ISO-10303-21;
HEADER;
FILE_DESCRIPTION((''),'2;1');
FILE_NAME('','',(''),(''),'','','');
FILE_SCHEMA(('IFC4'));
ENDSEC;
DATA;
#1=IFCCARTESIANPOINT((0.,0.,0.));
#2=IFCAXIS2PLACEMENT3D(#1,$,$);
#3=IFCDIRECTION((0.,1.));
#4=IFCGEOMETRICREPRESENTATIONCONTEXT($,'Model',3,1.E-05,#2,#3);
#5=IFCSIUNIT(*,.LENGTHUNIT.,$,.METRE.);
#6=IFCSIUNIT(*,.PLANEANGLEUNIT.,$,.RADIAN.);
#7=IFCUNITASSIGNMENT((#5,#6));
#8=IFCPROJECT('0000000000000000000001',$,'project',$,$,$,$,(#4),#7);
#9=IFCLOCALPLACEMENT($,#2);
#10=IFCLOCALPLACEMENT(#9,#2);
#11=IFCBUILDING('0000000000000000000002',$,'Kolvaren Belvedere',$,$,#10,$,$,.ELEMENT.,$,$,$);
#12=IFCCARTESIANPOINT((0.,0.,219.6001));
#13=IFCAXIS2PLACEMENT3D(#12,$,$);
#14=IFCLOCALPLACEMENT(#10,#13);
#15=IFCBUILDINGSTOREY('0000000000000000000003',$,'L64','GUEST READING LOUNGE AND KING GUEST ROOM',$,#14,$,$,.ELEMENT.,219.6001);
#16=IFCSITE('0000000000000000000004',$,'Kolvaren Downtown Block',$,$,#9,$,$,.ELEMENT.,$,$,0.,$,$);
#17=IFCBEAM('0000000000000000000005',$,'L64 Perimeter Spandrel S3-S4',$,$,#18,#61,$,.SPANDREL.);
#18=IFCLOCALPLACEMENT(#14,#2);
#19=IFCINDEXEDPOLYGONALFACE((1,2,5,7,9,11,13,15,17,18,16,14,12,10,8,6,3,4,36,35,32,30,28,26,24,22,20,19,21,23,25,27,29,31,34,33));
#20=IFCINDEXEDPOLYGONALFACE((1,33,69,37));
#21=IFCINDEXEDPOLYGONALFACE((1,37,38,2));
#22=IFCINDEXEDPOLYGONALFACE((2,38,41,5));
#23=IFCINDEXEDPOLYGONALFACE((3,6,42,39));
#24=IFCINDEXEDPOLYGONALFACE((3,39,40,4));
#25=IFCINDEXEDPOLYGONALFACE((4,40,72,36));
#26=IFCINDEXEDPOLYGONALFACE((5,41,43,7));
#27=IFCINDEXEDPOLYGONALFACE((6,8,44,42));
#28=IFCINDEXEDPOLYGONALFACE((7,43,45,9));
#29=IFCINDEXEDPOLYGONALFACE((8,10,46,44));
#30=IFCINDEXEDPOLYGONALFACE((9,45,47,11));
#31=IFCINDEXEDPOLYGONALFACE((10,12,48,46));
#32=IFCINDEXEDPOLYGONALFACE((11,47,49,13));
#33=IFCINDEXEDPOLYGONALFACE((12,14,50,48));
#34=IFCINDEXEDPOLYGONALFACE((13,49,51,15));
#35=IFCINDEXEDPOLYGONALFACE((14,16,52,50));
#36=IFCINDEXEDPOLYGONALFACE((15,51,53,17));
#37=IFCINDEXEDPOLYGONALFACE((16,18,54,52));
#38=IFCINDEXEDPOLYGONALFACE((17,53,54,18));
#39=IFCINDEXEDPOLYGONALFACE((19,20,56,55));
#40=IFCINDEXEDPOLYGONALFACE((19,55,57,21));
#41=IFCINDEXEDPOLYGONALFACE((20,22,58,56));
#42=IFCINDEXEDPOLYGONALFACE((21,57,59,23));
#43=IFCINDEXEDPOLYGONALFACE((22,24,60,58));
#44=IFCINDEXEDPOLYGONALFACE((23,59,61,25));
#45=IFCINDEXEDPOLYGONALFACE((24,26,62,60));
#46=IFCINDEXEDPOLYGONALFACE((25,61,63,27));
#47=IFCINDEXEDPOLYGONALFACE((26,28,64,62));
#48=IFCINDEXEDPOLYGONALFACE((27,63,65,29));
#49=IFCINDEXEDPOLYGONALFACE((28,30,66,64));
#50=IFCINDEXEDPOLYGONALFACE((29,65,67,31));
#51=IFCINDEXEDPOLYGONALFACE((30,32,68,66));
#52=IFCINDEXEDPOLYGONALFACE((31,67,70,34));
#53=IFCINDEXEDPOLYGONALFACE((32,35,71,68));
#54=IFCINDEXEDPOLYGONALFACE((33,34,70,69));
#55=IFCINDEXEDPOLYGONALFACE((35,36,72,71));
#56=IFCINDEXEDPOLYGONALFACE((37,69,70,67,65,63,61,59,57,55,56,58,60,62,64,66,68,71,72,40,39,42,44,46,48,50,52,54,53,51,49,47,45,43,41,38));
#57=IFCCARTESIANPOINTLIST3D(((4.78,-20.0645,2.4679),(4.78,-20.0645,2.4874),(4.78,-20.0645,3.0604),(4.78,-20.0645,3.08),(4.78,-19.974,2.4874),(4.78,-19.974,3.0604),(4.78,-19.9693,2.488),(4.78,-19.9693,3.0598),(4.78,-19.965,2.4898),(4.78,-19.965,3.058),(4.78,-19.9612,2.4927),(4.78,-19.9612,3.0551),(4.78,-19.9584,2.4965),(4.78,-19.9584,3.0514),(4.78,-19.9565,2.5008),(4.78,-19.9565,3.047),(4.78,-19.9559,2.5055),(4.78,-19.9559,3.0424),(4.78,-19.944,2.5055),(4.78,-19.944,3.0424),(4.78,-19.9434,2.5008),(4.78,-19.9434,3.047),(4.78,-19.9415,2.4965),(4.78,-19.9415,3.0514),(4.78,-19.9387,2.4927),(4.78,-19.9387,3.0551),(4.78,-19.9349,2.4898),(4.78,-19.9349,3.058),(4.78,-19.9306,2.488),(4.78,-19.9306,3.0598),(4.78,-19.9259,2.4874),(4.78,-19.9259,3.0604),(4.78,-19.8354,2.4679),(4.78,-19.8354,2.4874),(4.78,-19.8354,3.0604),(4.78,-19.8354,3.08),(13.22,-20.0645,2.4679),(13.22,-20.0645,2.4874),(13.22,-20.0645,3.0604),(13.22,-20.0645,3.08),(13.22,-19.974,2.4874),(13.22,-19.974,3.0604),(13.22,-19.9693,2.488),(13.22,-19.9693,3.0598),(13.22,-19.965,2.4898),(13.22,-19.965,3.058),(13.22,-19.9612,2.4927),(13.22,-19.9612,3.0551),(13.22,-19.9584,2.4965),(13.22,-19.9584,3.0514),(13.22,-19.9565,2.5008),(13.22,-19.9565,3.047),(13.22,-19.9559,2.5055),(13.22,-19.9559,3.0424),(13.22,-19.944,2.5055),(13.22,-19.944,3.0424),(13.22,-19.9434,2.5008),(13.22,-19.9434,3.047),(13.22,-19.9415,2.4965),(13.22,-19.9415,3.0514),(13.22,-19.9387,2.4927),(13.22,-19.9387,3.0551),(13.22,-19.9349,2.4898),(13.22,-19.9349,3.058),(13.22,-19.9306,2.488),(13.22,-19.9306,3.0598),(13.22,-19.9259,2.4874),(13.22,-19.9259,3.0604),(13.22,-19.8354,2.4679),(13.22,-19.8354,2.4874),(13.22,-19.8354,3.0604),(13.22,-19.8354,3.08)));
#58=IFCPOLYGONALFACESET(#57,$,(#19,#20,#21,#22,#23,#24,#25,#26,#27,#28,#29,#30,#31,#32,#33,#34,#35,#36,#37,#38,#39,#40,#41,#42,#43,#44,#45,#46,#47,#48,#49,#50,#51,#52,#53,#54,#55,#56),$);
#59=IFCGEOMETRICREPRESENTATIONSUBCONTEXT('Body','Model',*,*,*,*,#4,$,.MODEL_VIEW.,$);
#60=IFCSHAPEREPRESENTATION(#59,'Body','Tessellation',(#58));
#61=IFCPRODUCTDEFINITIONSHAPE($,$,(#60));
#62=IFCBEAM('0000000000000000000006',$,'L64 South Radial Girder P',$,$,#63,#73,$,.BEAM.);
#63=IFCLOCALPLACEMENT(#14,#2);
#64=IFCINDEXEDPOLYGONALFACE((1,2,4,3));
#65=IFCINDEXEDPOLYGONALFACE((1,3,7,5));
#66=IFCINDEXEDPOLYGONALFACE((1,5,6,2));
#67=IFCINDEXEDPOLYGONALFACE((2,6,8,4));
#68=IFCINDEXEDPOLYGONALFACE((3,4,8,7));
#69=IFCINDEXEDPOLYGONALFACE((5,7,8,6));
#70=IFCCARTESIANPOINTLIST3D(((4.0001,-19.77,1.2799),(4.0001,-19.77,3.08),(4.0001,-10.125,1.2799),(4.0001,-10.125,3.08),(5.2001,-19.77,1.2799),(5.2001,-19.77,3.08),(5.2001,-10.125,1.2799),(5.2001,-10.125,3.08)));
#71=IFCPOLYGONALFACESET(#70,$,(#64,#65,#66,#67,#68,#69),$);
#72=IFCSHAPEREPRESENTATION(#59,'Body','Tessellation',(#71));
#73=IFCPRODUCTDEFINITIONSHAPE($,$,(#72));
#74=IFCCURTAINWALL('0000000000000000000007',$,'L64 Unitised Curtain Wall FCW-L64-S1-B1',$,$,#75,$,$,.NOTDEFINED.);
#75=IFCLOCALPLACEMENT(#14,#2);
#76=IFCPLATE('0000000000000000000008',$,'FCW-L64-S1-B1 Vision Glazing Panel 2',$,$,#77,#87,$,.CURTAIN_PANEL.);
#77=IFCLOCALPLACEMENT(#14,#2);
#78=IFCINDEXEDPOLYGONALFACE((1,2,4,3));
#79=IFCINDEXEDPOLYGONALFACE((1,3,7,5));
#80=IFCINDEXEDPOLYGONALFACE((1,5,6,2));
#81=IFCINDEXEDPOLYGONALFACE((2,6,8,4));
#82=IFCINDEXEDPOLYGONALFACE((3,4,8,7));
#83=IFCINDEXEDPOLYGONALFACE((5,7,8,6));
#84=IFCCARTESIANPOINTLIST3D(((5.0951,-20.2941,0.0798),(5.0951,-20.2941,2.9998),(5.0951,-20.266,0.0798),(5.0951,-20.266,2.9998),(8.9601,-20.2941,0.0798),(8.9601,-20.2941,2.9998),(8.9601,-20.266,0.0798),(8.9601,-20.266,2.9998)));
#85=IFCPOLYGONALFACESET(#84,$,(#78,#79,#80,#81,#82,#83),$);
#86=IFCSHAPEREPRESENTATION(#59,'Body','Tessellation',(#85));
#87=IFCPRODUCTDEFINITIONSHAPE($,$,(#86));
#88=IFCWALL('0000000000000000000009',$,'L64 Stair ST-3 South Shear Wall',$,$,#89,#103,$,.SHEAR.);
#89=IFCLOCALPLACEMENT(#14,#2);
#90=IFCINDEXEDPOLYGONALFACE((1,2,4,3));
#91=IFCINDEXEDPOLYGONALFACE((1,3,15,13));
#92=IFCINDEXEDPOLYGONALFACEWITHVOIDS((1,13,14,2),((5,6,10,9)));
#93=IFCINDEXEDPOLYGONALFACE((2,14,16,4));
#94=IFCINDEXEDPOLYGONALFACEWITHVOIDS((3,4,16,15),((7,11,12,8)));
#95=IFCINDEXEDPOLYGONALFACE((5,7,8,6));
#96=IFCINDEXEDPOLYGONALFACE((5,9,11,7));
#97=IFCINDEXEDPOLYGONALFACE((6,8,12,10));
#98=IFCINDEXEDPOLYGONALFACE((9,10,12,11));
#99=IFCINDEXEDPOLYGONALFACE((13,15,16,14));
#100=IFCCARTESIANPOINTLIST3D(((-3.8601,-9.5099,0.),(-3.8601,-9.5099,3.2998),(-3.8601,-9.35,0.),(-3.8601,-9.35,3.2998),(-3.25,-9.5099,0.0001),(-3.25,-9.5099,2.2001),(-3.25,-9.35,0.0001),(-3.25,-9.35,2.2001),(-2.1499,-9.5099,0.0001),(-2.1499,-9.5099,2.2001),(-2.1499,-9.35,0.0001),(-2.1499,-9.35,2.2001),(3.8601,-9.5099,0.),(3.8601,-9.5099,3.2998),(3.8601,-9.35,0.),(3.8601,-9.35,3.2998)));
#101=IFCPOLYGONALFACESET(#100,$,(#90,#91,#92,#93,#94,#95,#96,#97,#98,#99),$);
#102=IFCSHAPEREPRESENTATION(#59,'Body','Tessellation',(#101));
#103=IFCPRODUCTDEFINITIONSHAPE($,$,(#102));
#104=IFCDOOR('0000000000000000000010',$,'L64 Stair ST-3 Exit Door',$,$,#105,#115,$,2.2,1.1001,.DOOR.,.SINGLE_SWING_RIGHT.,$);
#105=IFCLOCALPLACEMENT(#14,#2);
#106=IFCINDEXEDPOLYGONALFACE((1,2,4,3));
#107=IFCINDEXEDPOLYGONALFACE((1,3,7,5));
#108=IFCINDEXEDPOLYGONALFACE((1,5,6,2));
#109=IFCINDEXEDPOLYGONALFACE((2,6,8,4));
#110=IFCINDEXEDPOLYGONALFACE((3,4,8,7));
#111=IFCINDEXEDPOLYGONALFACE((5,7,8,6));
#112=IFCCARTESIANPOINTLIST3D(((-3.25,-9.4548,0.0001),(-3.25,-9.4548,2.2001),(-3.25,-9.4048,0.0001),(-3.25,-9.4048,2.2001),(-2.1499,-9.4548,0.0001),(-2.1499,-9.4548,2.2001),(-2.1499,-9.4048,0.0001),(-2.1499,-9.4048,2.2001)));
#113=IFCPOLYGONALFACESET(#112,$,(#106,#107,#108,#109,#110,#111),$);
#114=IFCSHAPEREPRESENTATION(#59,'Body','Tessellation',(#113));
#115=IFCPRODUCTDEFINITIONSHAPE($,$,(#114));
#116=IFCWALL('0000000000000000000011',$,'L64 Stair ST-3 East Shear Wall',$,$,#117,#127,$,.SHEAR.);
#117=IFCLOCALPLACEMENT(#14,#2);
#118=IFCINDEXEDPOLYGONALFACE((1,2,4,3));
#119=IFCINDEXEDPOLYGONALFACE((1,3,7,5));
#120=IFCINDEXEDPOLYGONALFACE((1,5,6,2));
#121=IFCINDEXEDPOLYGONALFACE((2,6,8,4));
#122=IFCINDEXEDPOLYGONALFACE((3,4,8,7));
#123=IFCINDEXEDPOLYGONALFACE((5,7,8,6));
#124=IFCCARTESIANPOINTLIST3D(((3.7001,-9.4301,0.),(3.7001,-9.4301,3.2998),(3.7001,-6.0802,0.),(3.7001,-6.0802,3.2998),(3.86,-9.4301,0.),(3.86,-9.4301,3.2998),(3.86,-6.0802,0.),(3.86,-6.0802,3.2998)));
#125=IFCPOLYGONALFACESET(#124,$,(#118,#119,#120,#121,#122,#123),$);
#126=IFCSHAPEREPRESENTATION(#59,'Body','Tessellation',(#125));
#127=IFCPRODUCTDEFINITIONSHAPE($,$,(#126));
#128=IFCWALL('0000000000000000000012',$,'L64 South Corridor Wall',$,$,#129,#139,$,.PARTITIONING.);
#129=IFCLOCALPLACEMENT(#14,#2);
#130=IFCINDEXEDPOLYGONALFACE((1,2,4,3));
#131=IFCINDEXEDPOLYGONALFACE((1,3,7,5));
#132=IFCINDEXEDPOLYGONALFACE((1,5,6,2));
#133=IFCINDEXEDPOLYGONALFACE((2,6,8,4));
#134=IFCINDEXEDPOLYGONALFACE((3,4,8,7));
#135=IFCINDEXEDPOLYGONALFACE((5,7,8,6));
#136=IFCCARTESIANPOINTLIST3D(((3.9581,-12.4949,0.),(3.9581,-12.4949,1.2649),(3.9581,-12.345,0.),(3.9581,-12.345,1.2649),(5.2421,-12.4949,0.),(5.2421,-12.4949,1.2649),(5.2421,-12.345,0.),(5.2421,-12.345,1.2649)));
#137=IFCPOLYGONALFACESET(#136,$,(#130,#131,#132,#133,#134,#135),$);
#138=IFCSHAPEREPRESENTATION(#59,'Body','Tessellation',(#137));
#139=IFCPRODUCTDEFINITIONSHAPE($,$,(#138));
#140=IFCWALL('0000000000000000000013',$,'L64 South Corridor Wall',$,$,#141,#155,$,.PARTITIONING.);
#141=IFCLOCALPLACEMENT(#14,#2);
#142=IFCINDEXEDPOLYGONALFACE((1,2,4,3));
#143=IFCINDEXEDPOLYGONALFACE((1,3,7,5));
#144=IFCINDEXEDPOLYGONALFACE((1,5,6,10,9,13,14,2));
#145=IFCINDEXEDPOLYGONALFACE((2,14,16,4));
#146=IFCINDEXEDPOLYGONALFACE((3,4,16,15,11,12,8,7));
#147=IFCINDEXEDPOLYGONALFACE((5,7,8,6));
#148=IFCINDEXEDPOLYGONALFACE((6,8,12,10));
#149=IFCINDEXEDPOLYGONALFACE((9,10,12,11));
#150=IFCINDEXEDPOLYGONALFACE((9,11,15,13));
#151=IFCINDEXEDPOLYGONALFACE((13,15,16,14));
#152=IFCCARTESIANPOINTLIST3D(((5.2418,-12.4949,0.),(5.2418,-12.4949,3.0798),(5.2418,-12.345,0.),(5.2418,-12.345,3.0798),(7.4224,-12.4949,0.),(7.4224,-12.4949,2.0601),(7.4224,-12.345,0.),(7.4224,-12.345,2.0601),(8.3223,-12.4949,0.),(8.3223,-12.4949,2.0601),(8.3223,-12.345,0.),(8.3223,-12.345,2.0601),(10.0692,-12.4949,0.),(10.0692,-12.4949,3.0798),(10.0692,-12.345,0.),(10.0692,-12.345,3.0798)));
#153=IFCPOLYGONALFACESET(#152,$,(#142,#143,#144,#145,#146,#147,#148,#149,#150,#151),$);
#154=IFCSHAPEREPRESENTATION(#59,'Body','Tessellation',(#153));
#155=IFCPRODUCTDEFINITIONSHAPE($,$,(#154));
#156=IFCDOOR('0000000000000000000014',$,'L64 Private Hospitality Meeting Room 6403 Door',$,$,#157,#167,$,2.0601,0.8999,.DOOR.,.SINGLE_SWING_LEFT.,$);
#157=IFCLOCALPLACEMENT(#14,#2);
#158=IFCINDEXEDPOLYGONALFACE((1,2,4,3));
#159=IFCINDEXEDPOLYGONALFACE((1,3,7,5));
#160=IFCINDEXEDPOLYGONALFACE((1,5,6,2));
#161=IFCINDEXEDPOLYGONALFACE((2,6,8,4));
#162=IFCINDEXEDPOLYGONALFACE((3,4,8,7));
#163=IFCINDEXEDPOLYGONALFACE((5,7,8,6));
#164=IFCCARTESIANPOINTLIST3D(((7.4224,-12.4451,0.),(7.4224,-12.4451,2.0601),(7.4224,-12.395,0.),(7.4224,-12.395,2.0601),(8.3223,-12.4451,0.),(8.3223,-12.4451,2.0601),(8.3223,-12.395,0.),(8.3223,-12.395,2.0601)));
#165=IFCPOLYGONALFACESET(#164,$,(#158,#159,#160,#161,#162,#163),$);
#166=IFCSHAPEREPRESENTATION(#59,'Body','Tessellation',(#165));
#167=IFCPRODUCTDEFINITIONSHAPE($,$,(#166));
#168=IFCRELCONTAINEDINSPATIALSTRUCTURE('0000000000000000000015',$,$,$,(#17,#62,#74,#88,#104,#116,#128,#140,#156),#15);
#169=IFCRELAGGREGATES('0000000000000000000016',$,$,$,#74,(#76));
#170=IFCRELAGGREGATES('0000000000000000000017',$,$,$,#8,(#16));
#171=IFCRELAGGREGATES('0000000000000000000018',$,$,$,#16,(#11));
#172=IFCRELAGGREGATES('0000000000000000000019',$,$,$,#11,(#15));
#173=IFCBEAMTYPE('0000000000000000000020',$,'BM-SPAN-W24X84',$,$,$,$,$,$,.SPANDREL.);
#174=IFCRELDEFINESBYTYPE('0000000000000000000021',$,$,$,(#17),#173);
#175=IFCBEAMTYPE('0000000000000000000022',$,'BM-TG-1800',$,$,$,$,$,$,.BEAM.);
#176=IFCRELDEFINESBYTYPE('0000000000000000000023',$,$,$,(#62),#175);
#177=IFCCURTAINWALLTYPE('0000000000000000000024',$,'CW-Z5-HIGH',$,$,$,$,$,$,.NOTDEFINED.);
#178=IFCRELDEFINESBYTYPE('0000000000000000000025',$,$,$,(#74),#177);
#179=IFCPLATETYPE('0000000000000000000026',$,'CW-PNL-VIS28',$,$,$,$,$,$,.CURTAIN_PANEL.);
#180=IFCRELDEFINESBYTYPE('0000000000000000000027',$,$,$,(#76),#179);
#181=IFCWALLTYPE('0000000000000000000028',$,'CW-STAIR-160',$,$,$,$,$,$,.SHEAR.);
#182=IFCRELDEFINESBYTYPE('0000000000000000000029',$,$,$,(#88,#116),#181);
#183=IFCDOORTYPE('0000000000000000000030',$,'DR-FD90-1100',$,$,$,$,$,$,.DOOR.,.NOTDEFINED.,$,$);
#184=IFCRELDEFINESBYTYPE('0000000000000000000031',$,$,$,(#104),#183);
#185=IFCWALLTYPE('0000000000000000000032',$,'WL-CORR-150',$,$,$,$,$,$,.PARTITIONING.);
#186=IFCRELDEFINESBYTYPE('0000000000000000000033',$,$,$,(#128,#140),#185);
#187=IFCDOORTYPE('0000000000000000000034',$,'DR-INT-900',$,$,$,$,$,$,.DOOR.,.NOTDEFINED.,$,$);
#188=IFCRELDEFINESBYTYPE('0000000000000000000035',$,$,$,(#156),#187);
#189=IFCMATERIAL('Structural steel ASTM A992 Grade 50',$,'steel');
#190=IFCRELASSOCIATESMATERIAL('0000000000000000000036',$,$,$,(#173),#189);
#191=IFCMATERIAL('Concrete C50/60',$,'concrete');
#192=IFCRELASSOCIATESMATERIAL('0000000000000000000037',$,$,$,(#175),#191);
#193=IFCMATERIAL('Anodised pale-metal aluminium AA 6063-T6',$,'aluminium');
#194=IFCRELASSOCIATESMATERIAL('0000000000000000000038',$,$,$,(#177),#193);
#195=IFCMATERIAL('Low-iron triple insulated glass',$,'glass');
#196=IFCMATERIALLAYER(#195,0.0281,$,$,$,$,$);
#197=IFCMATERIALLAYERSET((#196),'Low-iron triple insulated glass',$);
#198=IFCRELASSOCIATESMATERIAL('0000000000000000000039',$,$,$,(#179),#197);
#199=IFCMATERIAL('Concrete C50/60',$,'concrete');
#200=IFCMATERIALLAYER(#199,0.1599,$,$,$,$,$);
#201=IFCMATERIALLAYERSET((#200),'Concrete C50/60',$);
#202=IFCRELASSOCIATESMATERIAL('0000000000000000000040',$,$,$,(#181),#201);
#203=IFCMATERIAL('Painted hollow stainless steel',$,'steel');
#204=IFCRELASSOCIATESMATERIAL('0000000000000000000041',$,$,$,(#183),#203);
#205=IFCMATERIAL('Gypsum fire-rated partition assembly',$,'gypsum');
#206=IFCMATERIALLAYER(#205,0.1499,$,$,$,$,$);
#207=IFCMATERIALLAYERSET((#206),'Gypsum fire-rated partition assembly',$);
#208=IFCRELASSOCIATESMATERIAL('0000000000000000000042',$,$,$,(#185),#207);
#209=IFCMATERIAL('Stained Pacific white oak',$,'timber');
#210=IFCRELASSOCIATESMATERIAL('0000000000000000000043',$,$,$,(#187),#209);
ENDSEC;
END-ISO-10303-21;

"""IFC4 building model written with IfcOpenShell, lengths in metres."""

from ifc_helpers import new_model, si_unit, direction, frame, frame_2d, origin, origin_2d, place, context, subcontext, project, spatial, rectangle, i_section, extrude, material, layer, layer_set, material_profile, profile_set, type_object, element, fill, aggregate, save


model = new_model("IFC4")

# Units and contexts
model_context = context("Model", 3, precision=1e-05, world=origin(), true_north=direction((0.0, 1.0)))
body_context = subcontext(model_context, "Body", "Model", "MODEL_VIEW")
ifc_project = project(units=[si_unit("LENGTHUNIT", "METRE"), si_unit("PLANEANGLEUNIT", "RADIAN")], contexts=[model_context])

# Site, building, storey
site_placement = place(None, origin())
site = spatial("IfcSite", under=ifc_project, at=site_placement, Name="Kolvaren Downtown Block", CompositionType="ELEMENT", RefElevation=0.0)
building_placement = place(site_placement, origin())
building = spatial("IfcBuilding", under=site, at=building_placement, Name="Kolvaren Belvedere", CompositionType="ELEMENT")
storey_placement = place(building_placement, frame((0.0, 0.0, 219.6001)))
storey = spatial("IfcBuildingStorey", under=building, at=storey_placement, Name="L64", Description="GUEST READING LOUNGE AND KING GUEST ROOM", CompositionType="ELEMENT", Elevation=219.6001)

# Beams
ifc_material_1 = material(Name="Structural steel ASTM A992 Grade 50", Category="steel")
ifc_material_profile_1 = material_profile(ifc_material_1, i_section(OverallWidth=0.229, OverallDepth=0.6121, WebThickness=0.012, FlangeThickness=0.0195, FilletRadius=0.0181, at=origin_2d()), Name="W24X84")
ifc_profile_set_1 = profile_set([ifc_material_profile_1], Name="Structural steel ASTM A992 Grade 50")
beam_type_1 = type_object("IfcBeamType", Name="BM-SPAN-W24X84", PredefinedType="SPANDREL", material=ifc_profile_set_1)
beam_1_placement = place(storey_placement, frame((4.78, -19.95, 2.7739), z_axis=(1.0, 0.0, 0.0), x_axis=(0.0, 1.0, 0.0)))
element("IfcBeam", 1, at=beam_1_placement, inside=storey, type_object=beam_type_1, Name="L64 Perimeter Spandrel S3-S4", PredefinedType="SPANDREL", context=body_context, shape_type="SweptSolid", body=[
    extrude(i_section(OverallWidth=0.229, OverallDepth=0.6121, WebThickness=0.012, FlangeThickness=0.0195, FilletRadius=0.0181, at=origin_2d()), origin(), (0.0, 0.0, 1.0), 8.4399),
])
ifc_material_2 = material(Name="Concrete C50/60", Category="concrete")
ifc_material_profile_2 = material_profile(ifc_material_2, rectangle(XDim=1.2, YDim=1.8, at=origin_2d()), Name="RC 1200X1800")
ifc_profile_set_2 = profile_set([ifc_material_profile_2], Name="Concrete C50/60")
beam_type_2 = type_object("IfcBeamType", Name="BM-TG-1800", PredefinedType="BEAM", material=ifc_profile_set_2)
beam_2_placement = place(storey_placement, frame((4.6001, -10.125, 2.1799), z_axis=(0.0, -1.0, 0.0), x_axis=(1.0, 0.0, 0.0)))
element("IfcBeam", 2, at=beam_2_placement, inside=storey, type_object=beam_type_2, Name="L64 South Radial Girder P", PredefinedType="BEAM", context=body_context, shape_type="SweptSolid", body=[
    extrude(rectangle(XDim=1.2, YDim=1.8, at=origin_2d()), origin(), (0.0, 0.0, 1.0), 9.645),
])

# Curtain wall, plate
ifc_material_3 = material(Name="Anodised pale-metal aluminium AA 6063-T6", Category="aluminium")
curtain_wall_type = type_object("IfcCurtainWallType", Name="CW-Z5-HIGH", PredefinedType="NOTDEFINED", material=ifc_material_3)
curtain_wall_placement = place(storey_placement, origin())
curtain_wall = element("IfcCurtainWall", 3, at=curtain_wall_placement, inside=storey, type_object=curtain_wall_type, Name="L64 Unitised Curtain Wall FCW-L64-S1-B1", PredefinedType="NOTDEFINED")
ifc_material_4 = material(Name="Low-iron triple insulated glass", Category="glass")
ifc_layer_1 = layer(ifc_material_4, 0.0281)
ifc_layer_set_1 = layer_set([ifc_layer_1], Name="Low-iron triple insulated glass")
plate_type = type_object("IfcPlateType", Name="CW-PNL-VIS28", PredefinedType="CURTAIN_PANEL", material=ifc_layer_set_1)
plate_placement = place(storey_placement, frame((7.0276, -20.28, 0.0798), z_axis=(0.0, 0.0, 1.0), x_axis=(-1.0, 0.0, 0.0)))
plate = element("IfcPlate", 4, at=plate_placement, type_object=plate_type, Name="FCW-L64-S1-B1 Vision Glazing Panel 2", PredefinedType="CURTAIN_PANEL", context=body_context, shape_type="SweptSolid", body=[
    extrude(rectangle(XDim=3.865, YDim=0.0281, at=origin_2d()), origin(), (0.0, 0.0, 1.0), 2.9199),
])
aggregate(curtain_wall, [plate])

# Wall, opening, door
ifc_material_5 = material(Name="Concrete C50/60", Category="concrete")
ifc_layer_2 = layer(ifc_material_5, 0.1599)
ifc_layer_set_2 = layer_set([ifc_layer_2], Name="Concrete C50/60")
wall_type_1 = type_object("IfcWallType", Name="CW-STAIR-160", PredefinedType="SHEAR", material=ifc_layer_set_2)
wall_1_placement = place(storey_placement, frame((3.8601, -9.4299, 0.0), z_axis=(0.0, 0.0, 1.0), x_axis=(-1.0, 0.0, 0.0)))
wall_1 = element("IfcWall", 5, at=wall_1_placement, inside=storey, type_object=wall_type_1, Name="L64 Stair ST-3 South Shear Wall", PredefinedType="SHEAR", context=body_context, shape_type="SweptSolid", body=[
    extrude(rectangle(XDim=7.7202, YDim=0.1599, at=frame_2d((3.8601, 0.0))), origin(), (0.0, 0.0, 1.0), 3.2998),
])
opening_1_placement = place(wall_1_placement, frame((6.01, 0.0, 0.0)))
opening_1 = element("IfcOpeningElement", 6, at=opening_1_placement, cuts=wall_1, PredefinedType="OPENING", context=body_context, shape_type="SweptSolid", body=[
    extrude(rectangle(XDim=1.1001, YDim=2.2, at=frame_2d((0.55, 1.1001))), frame((0.0, 0.0898, 0.0), z_axis=(0.0, -1.0, 0.0), x_axis=(1.0, 0.0, 0.0)), (0.0, 0.0, 1.0), 0.1799),
])
ifc_material_6 = material(Name="Painted hollow stainless steel", Category="steel")
door_type_1 = type_object("IfcDoorType", Name="DR-FD90-1100", OperationType="NOTDEFINED", PredefinedType="DOOR", material=ifc_material_6)
door_1_placement = place(opening_1_placement, origin())
door_1 = element("IfcDoor", 7, at=door_1_placement, inside=storey, type_object=door_type_1, Name="L64 Stair ST-3 Exit Door", OperationType="SINGLE_SWING_RIGHT", OverallHeight=2.2, OverallWidth=1.1001, PredefinedType="DOOR", context=body_context, shape_type="SweptSolid", body=[
    extrude(rectangle(XDim=1.1001, YDim=2.2, at=frame_2d((0.55, 1.1001))), frame((0.0, 0.0249, 0.0), z_axis=(0.0, -1.0, 0.0), x_axis=(1.0, 0.0, 0.0)), (0.0, 0.0, 1.0), 0.05),
])
fill(opening_1, door_1)

# Walls
wall_2_placement = place(storey_placement, frame((3.78, -9.4299, 0.0), z_axis=(0.0, 0.0, 1.0), x_axis=(0.0, 1.0, 0.0)))
element("IfcWall", 8, at=wall_2_placement, inside=storey, type_object=wall_type_1, Name="L64 Stair ST-3 East Shear Wall", PredefinedType="SHEAR", context=body_context, shape_type="SweptSolid", body=[
    extrude(rectangle(XDim=3.3499, YDim=0.1599, at=frame_2d((1.6748, 0.0))), origin(), (0.0, 0.0, 1.0), 3.2998),
])
ifc_material_7 = material(Name="Gypsum fire-rated partition assembly", Category="gypsum")
ifc_layer_3 = layer(ifc_material_7, 0.1499)
ifc_layer_set_3 = layer_set([ifc_layer_3], Name="Gypsum fire-rated partition assembly")
wall_type_2 = type_object("IfcWallType", Name="WL-CORR-150", PredefinedType="PARTITIONING", material=ifc_layer_set_3)
wall_3_placement = place(storey_placement, frame((3.958, -12.4199, 0.0), z_axis=(0.0, 0.0, 1.0), x_axis=(1.0, 0.0, 0.0)))
element("IfcWall", 9, at=wall_3_placement, inside=storey, type_object=wall_type_2, Name="L64 South Corridor Wall", PredefinedType="PARTITIONING", context=body_context, shape_type="SweptSolid", body=[
    extrude(rectangle(XDim=1.2839, YDim=0.1499, at=frame_2d((0.6421, 0.0))), origin(), (0.0, 0.0, 1.0), 1.2649),
])

# Wall, opening, door
wall_4_placement = place(storey_placement, frame((5.2419, -12.4199, 0.0), z_axis=(0.0, 0.0, 1.0), x_axis=(1.0, 0.0, 0.0)))
wall_4 = element("IfcWall", 10, at=wall_4_placement, inside=storey, type_object=wall_type_2, Name="L64 South Corridor Wall", PredefinedType="PARTITIONING", context=body_context, shape_type="SweptSolid", body=[
    extrude(rectangle(XDim=4.8274, YDim=0.1499, at=frame_2d((2.4136, 0.0))), origin(), (0.0, 0.0, 1.0), 3.0798),
])
opening_2_placement = place(wall_4_placement, frame((2.1804, 0.0, 0.0)))
opening_2 = element("IfcOpeningElement", 11, at=opening_2_placement, cuts=wall_4, PredefinedType="OPENING", context=body_context, shape_type="SweptSolid", body=[
    extrude(rectangle(XDim=0.8999, YDim=2.0601, at=frame_2d((0.45, 1.03))), frame((0.0, 0.085, 0.0), z_axis=(0.0, -1.0, 0.0), x_axis=(1.0, 0.0, 0.0)), (0.0, 0.0, 1.0), 0.1699),
])
ifc_material_8 = material(Name="Stained Pacific white oak", Category="timber")
door_type_2 = type_object("IfcDoorType", Name="DR-INT-900", OperationType="NOTDEFINED", PredefinedType="DOOR", material=ifc_material_8)
door_2_placement = place(opening_2_placement, origin())
door_2 = element("IfcDoor", 12, at=door_2_placement, inside=storey, type_object=door_type_2, Name="L64 Private Hospitality Meeting Room 6403 Door", OperationType="SINGLE_SWING_LEFT", OverallHeight=2.0601, OverallWidth=0.8999, PredefinedType="DOOR", context=body_context, shape_type="SweptSolid", body=[
    extrude(rectangle(XDim=0.8999, YDim=2.0601, at=frame_2d((0.45, 1.03))), frame((0.0, 0.0249, 0.0), z_axis=(0.0, -1.0, 0.0), x_axis=(1.0, 0.0, 0.0)), (0.0, 0.0, 1.0), 0.05),
])
fill(opening_2, door_2)

save(model, "model.ifc")
